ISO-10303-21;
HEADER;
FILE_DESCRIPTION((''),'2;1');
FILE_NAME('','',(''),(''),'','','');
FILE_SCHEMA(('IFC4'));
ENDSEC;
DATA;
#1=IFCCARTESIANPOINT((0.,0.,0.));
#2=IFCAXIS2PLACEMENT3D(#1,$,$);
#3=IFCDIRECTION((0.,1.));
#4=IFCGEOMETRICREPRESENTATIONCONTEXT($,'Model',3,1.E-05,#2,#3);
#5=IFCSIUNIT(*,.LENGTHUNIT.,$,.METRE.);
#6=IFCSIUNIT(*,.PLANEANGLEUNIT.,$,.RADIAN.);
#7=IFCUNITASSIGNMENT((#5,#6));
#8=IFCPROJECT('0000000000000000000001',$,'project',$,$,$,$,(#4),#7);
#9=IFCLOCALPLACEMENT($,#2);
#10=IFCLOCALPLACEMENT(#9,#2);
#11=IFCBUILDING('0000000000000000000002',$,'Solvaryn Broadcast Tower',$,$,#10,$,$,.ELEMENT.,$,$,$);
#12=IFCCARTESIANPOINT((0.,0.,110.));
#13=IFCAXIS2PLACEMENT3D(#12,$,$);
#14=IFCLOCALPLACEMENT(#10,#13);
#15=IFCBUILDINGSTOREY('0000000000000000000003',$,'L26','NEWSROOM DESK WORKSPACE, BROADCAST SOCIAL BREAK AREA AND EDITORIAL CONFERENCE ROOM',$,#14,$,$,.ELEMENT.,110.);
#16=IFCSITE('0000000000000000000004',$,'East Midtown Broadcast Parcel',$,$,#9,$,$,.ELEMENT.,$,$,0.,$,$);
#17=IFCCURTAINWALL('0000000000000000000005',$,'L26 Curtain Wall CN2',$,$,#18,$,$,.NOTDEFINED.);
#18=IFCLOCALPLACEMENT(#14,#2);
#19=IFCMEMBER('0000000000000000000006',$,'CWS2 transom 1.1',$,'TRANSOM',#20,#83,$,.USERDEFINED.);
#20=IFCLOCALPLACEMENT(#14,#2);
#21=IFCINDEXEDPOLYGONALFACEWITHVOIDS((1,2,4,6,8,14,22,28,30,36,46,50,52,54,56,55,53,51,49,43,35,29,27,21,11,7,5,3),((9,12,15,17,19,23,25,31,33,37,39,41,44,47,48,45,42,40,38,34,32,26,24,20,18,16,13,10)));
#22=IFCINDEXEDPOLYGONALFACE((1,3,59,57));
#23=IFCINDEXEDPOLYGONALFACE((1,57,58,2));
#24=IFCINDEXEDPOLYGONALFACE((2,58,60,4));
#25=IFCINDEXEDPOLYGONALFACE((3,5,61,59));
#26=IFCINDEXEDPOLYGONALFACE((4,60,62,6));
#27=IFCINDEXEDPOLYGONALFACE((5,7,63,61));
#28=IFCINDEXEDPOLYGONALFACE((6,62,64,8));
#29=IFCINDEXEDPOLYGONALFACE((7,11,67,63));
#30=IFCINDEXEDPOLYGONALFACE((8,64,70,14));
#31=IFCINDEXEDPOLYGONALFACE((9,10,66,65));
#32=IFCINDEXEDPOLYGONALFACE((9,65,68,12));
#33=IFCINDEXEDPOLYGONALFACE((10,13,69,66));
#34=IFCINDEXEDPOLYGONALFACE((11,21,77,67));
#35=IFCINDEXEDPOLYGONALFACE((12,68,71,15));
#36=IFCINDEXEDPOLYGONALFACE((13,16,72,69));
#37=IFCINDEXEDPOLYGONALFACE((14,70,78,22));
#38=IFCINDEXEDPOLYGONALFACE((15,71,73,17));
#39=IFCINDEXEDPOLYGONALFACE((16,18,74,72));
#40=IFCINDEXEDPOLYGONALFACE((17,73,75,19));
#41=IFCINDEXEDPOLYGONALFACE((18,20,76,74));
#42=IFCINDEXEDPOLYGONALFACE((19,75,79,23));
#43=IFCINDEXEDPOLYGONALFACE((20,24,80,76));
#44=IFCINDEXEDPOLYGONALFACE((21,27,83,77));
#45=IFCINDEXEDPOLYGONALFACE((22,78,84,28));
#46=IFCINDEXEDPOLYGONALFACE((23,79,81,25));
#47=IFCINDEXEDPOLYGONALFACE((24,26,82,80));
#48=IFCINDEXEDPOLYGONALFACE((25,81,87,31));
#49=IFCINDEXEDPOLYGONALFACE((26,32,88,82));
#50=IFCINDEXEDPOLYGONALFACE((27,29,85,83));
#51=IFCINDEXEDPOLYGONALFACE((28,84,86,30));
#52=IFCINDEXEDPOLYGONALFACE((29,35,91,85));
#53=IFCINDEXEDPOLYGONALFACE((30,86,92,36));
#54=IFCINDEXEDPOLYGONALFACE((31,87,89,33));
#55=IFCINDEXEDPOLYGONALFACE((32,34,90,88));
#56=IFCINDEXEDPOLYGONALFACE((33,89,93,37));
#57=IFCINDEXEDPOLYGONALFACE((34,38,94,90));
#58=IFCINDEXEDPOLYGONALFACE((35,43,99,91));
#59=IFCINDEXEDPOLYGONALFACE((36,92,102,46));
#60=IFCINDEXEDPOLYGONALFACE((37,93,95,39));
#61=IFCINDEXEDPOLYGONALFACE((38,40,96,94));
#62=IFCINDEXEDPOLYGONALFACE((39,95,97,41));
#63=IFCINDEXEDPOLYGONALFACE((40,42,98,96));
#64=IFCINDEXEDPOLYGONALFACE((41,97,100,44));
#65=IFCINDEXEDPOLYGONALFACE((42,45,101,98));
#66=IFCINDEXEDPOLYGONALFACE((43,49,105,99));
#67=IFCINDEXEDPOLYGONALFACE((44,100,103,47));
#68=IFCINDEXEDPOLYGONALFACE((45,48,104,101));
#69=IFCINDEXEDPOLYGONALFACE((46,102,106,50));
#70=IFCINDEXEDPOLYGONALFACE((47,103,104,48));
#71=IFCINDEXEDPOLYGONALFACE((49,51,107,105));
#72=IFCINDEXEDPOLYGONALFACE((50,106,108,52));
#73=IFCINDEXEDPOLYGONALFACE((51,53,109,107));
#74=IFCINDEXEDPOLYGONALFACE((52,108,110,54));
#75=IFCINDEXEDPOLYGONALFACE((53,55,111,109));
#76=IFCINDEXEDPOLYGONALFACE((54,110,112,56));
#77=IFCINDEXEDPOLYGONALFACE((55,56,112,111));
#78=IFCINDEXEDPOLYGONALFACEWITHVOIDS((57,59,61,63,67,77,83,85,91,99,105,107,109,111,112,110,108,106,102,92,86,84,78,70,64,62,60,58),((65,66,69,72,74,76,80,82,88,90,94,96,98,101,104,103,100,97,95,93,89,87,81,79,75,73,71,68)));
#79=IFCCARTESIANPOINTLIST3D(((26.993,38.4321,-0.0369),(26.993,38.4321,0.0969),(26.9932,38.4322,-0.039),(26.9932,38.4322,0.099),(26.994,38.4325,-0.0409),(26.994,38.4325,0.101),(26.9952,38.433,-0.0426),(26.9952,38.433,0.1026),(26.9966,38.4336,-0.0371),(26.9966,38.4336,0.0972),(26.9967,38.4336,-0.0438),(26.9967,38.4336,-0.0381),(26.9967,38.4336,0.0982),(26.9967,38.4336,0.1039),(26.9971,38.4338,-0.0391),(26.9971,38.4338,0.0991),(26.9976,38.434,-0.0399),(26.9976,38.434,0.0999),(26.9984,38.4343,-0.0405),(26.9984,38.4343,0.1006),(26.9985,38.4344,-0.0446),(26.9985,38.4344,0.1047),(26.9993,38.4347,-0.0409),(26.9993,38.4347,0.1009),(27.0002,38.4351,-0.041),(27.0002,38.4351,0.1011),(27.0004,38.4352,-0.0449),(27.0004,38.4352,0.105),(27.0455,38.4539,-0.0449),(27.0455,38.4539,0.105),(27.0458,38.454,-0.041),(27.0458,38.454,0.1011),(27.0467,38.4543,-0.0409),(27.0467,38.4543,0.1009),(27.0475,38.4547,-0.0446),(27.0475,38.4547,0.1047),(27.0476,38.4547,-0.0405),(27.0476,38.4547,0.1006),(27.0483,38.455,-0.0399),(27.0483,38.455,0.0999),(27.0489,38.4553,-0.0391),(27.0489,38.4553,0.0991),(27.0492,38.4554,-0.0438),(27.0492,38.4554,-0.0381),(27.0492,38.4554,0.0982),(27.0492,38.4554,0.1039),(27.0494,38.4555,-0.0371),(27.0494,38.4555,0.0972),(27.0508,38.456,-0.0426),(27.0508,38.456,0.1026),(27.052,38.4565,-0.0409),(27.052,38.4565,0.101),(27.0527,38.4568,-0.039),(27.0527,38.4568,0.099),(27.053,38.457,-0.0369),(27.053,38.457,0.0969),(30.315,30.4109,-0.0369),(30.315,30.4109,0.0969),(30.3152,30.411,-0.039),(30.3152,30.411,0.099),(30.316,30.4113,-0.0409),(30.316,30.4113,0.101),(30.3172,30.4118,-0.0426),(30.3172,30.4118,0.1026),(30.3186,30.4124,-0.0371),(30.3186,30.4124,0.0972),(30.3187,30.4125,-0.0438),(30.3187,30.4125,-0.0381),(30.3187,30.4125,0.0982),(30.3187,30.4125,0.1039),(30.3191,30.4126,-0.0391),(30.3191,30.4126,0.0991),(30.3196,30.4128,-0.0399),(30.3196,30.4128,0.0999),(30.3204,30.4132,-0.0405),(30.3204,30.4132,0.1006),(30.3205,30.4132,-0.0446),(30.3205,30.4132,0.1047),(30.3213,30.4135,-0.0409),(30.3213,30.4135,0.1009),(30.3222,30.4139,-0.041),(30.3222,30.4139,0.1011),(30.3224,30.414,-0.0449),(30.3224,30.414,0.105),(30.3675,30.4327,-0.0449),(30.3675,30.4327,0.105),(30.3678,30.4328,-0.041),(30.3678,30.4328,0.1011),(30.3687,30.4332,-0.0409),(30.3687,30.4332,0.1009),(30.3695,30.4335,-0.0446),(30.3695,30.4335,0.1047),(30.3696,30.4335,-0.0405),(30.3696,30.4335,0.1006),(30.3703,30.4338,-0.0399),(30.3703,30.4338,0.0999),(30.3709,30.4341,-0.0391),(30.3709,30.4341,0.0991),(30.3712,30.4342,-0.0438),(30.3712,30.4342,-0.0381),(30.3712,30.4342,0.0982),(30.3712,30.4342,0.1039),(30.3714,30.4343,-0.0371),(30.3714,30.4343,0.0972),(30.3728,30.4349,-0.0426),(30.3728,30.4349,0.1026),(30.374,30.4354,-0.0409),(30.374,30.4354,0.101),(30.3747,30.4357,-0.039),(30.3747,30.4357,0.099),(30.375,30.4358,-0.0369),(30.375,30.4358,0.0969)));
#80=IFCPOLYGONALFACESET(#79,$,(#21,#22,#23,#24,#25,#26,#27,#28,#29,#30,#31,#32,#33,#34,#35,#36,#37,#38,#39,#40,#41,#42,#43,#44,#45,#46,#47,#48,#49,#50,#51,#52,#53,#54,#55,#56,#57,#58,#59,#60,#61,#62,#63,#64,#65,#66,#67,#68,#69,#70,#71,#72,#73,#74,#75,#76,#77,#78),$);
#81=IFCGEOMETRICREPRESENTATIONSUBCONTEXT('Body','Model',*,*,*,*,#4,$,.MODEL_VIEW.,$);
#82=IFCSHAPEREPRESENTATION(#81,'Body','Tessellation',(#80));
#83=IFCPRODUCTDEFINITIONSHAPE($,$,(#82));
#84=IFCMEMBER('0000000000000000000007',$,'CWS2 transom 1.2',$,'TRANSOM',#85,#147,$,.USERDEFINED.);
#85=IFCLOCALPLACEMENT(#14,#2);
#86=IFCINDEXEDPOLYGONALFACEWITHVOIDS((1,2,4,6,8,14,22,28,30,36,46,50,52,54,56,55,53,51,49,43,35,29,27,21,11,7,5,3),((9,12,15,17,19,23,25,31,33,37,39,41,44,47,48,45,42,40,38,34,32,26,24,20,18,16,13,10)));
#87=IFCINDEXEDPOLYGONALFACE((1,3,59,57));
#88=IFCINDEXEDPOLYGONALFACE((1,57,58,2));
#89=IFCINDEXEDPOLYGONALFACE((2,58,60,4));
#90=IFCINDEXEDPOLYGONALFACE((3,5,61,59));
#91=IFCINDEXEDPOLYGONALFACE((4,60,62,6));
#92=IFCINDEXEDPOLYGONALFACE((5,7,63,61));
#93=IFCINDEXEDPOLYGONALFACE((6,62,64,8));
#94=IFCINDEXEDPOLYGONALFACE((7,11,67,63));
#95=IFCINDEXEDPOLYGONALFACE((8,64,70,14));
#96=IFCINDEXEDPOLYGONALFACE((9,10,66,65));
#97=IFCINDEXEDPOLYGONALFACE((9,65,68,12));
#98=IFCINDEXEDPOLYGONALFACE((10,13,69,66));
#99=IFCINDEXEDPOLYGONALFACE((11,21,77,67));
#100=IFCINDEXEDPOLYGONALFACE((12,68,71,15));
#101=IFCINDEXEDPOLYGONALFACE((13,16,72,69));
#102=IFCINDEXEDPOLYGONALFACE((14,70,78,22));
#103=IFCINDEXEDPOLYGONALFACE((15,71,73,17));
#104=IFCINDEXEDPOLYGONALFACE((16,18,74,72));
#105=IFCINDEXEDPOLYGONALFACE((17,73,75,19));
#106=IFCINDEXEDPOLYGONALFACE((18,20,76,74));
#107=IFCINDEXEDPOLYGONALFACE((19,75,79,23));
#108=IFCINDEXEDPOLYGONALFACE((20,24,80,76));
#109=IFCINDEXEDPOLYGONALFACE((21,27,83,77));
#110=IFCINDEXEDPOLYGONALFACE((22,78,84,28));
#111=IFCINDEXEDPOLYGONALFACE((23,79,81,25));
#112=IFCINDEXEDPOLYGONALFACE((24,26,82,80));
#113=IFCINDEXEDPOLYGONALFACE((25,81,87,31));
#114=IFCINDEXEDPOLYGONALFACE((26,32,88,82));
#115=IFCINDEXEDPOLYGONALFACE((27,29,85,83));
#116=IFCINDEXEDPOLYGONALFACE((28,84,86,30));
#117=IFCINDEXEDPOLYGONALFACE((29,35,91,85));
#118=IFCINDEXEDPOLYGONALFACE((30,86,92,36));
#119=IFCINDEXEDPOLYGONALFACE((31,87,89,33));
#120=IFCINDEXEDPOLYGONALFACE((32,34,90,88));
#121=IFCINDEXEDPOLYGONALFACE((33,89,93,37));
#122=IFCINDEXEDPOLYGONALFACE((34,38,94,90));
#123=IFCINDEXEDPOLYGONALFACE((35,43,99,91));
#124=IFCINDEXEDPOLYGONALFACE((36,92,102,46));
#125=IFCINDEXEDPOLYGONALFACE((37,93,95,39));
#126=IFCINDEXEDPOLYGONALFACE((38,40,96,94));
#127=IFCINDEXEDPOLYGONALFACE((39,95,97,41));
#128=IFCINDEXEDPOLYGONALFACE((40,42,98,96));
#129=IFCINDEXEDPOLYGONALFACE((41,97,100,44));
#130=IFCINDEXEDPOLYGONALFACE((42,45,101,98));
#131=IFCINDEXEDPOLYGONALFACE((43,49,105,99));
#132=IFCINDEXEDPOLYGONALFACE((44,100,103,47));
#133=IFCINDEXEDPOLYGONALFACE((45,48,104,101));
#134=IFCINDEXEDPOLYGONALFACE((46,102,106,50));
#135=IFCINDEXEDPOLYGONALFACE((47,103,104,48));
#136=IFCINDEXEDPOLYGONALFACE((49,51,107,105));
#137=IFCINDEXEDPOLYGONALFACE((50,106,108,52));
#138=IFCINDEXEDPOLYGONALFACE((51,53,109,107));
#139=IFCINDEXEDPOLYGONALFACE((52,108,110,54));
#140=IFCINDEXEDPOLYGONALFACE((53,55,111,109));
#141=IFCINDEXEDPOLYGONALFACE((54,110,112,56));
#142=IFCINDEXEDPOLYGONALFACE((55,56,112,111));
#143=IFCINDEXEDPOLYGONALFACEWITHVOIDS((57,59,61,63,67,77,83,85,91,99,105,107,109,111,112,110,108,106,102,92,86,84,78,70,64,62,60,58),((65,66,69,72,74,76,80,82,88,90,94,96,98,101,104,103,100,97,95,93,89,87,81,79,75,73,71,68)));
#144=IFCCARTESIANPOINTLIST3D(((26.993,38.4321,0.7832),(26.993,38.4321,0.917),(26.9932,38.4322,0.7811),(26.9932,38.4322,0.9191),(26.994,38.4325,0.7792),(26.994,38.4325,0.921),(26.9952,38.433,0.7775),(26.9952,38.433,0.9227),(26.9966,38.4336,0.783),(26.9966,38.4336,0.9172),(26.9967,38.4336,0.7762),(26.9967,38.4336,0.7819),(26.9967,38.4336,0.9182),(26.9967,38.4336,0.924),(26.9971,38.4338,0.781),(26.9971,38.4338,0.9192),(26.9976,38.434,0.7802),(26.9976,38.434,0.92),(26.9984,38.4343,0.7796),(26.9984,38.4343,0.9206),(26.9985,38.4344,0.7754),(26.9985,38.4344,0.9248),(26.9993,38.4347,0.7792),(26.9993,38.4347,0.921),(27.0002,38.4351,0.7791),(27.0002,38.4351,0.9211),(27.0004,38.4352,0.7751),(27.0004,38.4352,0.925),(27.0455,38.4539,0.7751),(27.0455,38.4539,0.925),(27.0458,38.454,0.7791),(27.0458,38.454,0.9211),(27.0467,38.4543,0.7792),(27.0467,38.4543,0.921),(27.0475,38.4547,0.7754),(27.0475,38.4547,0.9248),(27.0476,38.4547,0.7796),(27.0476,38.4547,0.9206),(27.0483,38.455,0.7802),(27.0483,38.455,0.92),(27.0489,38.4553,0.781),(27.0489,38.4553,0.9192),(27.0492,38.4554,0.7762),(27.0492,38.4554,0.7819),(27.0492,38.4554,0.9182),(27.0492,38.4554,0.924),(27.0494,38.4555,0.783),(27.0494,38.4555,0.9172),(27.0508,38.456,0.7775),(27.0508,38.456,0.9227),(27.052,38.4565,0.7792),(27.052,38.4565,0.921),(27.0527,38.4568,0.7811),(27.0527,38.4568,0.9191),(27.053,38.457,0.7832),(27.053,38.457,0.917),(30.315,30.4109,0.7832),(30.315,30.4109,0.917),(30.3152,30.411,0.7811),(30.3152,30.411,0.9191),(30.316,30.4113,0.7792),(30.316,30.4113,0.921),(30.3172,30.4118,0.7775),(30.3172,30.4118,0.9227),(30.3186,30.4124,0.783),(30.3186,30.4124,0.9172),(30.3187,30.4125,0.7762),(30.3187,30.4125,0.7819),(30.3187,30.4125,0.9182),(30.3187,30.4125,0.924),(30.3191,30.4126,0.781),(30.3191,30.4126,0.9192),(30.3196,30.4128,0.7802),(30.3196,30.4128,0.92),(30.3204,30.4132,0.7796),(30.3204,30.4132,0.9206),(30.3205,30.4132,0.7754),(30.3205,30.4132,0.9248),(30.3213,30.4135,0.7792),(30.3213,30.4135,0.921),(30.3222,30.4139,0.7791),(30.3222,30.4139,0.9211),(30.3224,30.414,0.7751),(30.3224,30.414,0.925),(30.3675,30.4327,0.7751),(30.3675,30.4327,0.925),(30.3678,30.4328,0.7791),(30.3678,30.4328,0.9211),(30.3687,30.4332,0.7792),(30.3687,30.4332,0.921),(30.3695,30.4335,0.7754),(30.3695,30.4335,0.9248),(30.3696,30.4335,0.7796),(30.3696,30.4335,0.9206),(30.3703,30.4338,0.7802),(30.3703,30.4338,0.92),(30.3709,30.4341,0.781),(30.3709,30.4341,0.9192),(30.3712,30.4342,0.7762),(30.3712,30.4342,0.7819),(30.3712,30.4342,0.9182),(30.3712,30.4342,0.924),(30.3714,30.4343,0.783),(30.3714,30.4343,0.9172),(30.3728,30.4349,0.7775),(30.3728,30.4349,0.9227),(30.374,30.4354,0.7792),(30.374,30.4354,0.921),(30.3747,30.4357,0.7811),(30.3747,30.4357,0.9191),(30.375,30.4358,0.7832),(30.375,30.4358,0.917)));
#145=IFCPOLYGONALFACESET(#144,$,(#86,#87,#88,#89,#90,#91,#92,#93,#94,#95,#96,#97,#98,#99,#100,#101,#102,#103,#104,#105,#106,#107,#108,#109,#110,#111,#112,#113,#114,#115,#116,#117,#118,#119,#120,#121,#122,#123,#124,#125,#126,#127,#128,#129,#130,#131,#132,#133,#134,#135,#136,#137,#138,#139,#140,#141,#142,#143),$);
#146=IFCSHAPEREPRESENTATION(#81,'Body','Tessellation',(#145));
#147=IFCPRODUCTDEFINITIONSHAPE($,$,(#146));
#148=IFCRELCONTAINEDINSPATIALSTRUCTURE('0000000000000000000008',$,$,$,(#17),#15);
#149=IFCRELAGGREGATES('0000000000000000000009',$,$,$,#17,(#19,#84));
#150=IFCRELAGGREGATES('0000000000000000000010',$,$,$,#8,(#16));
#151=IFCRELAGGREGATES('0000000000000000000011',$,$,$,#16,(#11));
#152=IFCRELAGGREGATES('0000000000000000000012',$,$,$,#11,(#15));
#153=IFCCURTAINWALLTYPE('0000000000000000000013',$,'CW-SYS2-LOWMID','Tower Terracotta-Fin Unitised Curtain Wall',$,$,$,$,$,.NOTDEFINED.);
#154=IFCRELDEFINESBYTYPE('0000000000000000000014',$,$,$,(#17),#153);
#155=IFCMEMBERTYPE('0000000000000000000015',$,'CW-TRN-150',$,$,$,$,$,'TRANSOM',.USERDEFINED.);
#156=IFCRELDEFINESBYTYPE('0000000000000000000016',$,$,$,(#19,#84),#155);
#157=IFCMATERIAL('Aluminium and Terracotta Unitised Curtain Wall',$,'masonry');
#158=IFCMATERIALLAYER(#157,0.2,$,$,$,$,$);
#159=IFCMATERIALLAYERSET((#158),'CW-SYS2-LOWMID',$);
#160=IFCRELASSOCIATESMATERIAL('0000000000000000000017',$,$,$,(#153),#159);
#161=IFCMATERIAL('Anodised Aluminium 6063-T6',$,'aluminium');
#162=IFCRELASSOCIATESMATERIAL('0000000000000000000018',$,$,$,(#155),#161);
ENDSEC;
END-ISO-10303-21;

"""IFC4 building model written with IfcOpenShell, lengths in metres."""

from ifc_helpers import new_model, si_unit, direction, frame, origin, origin_2d, place, context, subcontext, project, spatial, hollow_rectangle, extrude, material, layer, layer_set, material_profile, profile_set, type_object, element, aggregate, save


model = new_model("IFC4")

# Units and contexts
model_context = context("Model", 3, precision=1e-05, world=origin(), true_north=direction((0.0, 1.0)))
body_context = subcontext(model_context, "Body", "Model", "MODEL_VIEW")
ifc_project = project(units=[si_unit("LENGTHUNIT", "METRE"), si_unit("PLANEANGLEUNIT", "RADIAN")], contexts=[model_context])

# Site, building, storey
site_placement = place(None, origin())
site = spatial("IfcSite", under=ifc_project, at=site_placement, Name="East Midtown Broadcast Parcel", CompositionType="ELEMENT", RefElevation=0.0)
building_placement = place(site_placement, origin())
building = spatial("IfcBuilding", under=site, at=building_placement, Name="Solvaryn Broadcast Tower", CompositionType="ELEMENT")
storey_placement = place(building_placement, frame((0.0, 0.0, 110.0)))
storey = spatial("IfcBuildingStorey", under=building, at=storey_placement, Name="L26", Description="NEWSROOM DESK WORKSPACE, BROADCAST SOCIAL BREAK AREA AND EDITORIAL CONFERENCE ROOM", CompositionType="ELEMENT", Elevation=110.0)

# Shared definitions
ifc_material_1 = material(Name="Aluminium and Terracotta Unitised Curtain Wall", Category="masonry")
ifc_layer_1 = layer(ifc_material_1, 0.2)
ifc_layer_set_1 = layer_set([ifc_layer_1], Name="CW-SYS2-LOWMID")
curtain_wall_type = type_object("IfcCurtainWallType", Name="CW-SYS2-LOWMID", Description="Tower Terracotta-Fin Unitised Curtain Wall", PredefinedType="NOTDEFINED", material=ifc_layer_set_1)

# Curtain wall, members
curtain_wall_1_placement = place(storey_placement, origin())
curtain_wall_1 = element("IfcCurtainWall", 1, at=curtain_wall_1_placement, inside=storey, type_object=curtain_wall_type, Name="L26 Curtain Wall CN2", PredefinedType="NOTDEFINED")
ifc_material_2 = material(Name="Anodised Aluminium 6063-T6", Category="aluminium")
ifc_material_profile_1 = material_profile(ifc_material_2, hollow_rectangle(XDim=0.0649, YDim=0.1499, WallThickness=0.0039, InnerFilletRadius=0.0039, OuterFilletRadius=0.0081, at=origin_2d()))
ifc_profile_set_1 = profile_set([ifc_material_profile_1], Name="Anodised Aluminium 6063-T6")
member_type_1 = type_object("IfcMemberType", Name="CW-TRN-150", ElementType="TRANSOM", PredefinedType="USERDEFINED", material=ifc_profile_set_1)
member_1_placement = place(storey_placement, frame((30.345, 30.4233, 0.03), z_axis=(-0.382636, 0.923899, 0.0), x_axis=(-0.923899, -0.382636, 0.0)))
member_1 = element("IfcMember", 2, at=member_1_placement, type_object=member_type_1, Name="CWS2 transom 1.1", ObjectType="TRANSOM", PredefinedType="USERDEFINED", context=body_context, shape_type="SweptSolid", body=[
    extrude(hollow_rectangle(XDim=0.0649, YDim=0.1499, WallThickness=0.0039, InnerFilletRadius=0.0039, OuterFilletRadius=0.0081, at=origin_2d()), origin(), (0.0, 0.0, 1.0), 8.6819),
])
member_2_placement = place(storey_placement, frame((30.345, 30.4233, 0.8501), z_axis=(-0.382636, 0.923899, 0.0), x_axis=(-0.923899, -0.382636, 0.0)))
member_2 = element("IfcMember", 3, at=member_2_placement, type_object=member_type_1, Name="CWS2 transom 1.2", ObjectType="TRANSOM", PredefinedType="USERDEFINED", context=body_context, shape_type="SweptSolid", body=[
    extrude(hollow_rectangle(XDim=0.0649, YDim=0.1499, WallThickness=0.0039, InnerFilletRadius=0.0039, OuterFilletRadius=0.0081, at=origin_2d()), origin(), (0.0, 0.0, 1.0), 8.6819),
])
aggregate(curtain_wall_1, [member_1, member_2])

save(model, "model.ifc")
